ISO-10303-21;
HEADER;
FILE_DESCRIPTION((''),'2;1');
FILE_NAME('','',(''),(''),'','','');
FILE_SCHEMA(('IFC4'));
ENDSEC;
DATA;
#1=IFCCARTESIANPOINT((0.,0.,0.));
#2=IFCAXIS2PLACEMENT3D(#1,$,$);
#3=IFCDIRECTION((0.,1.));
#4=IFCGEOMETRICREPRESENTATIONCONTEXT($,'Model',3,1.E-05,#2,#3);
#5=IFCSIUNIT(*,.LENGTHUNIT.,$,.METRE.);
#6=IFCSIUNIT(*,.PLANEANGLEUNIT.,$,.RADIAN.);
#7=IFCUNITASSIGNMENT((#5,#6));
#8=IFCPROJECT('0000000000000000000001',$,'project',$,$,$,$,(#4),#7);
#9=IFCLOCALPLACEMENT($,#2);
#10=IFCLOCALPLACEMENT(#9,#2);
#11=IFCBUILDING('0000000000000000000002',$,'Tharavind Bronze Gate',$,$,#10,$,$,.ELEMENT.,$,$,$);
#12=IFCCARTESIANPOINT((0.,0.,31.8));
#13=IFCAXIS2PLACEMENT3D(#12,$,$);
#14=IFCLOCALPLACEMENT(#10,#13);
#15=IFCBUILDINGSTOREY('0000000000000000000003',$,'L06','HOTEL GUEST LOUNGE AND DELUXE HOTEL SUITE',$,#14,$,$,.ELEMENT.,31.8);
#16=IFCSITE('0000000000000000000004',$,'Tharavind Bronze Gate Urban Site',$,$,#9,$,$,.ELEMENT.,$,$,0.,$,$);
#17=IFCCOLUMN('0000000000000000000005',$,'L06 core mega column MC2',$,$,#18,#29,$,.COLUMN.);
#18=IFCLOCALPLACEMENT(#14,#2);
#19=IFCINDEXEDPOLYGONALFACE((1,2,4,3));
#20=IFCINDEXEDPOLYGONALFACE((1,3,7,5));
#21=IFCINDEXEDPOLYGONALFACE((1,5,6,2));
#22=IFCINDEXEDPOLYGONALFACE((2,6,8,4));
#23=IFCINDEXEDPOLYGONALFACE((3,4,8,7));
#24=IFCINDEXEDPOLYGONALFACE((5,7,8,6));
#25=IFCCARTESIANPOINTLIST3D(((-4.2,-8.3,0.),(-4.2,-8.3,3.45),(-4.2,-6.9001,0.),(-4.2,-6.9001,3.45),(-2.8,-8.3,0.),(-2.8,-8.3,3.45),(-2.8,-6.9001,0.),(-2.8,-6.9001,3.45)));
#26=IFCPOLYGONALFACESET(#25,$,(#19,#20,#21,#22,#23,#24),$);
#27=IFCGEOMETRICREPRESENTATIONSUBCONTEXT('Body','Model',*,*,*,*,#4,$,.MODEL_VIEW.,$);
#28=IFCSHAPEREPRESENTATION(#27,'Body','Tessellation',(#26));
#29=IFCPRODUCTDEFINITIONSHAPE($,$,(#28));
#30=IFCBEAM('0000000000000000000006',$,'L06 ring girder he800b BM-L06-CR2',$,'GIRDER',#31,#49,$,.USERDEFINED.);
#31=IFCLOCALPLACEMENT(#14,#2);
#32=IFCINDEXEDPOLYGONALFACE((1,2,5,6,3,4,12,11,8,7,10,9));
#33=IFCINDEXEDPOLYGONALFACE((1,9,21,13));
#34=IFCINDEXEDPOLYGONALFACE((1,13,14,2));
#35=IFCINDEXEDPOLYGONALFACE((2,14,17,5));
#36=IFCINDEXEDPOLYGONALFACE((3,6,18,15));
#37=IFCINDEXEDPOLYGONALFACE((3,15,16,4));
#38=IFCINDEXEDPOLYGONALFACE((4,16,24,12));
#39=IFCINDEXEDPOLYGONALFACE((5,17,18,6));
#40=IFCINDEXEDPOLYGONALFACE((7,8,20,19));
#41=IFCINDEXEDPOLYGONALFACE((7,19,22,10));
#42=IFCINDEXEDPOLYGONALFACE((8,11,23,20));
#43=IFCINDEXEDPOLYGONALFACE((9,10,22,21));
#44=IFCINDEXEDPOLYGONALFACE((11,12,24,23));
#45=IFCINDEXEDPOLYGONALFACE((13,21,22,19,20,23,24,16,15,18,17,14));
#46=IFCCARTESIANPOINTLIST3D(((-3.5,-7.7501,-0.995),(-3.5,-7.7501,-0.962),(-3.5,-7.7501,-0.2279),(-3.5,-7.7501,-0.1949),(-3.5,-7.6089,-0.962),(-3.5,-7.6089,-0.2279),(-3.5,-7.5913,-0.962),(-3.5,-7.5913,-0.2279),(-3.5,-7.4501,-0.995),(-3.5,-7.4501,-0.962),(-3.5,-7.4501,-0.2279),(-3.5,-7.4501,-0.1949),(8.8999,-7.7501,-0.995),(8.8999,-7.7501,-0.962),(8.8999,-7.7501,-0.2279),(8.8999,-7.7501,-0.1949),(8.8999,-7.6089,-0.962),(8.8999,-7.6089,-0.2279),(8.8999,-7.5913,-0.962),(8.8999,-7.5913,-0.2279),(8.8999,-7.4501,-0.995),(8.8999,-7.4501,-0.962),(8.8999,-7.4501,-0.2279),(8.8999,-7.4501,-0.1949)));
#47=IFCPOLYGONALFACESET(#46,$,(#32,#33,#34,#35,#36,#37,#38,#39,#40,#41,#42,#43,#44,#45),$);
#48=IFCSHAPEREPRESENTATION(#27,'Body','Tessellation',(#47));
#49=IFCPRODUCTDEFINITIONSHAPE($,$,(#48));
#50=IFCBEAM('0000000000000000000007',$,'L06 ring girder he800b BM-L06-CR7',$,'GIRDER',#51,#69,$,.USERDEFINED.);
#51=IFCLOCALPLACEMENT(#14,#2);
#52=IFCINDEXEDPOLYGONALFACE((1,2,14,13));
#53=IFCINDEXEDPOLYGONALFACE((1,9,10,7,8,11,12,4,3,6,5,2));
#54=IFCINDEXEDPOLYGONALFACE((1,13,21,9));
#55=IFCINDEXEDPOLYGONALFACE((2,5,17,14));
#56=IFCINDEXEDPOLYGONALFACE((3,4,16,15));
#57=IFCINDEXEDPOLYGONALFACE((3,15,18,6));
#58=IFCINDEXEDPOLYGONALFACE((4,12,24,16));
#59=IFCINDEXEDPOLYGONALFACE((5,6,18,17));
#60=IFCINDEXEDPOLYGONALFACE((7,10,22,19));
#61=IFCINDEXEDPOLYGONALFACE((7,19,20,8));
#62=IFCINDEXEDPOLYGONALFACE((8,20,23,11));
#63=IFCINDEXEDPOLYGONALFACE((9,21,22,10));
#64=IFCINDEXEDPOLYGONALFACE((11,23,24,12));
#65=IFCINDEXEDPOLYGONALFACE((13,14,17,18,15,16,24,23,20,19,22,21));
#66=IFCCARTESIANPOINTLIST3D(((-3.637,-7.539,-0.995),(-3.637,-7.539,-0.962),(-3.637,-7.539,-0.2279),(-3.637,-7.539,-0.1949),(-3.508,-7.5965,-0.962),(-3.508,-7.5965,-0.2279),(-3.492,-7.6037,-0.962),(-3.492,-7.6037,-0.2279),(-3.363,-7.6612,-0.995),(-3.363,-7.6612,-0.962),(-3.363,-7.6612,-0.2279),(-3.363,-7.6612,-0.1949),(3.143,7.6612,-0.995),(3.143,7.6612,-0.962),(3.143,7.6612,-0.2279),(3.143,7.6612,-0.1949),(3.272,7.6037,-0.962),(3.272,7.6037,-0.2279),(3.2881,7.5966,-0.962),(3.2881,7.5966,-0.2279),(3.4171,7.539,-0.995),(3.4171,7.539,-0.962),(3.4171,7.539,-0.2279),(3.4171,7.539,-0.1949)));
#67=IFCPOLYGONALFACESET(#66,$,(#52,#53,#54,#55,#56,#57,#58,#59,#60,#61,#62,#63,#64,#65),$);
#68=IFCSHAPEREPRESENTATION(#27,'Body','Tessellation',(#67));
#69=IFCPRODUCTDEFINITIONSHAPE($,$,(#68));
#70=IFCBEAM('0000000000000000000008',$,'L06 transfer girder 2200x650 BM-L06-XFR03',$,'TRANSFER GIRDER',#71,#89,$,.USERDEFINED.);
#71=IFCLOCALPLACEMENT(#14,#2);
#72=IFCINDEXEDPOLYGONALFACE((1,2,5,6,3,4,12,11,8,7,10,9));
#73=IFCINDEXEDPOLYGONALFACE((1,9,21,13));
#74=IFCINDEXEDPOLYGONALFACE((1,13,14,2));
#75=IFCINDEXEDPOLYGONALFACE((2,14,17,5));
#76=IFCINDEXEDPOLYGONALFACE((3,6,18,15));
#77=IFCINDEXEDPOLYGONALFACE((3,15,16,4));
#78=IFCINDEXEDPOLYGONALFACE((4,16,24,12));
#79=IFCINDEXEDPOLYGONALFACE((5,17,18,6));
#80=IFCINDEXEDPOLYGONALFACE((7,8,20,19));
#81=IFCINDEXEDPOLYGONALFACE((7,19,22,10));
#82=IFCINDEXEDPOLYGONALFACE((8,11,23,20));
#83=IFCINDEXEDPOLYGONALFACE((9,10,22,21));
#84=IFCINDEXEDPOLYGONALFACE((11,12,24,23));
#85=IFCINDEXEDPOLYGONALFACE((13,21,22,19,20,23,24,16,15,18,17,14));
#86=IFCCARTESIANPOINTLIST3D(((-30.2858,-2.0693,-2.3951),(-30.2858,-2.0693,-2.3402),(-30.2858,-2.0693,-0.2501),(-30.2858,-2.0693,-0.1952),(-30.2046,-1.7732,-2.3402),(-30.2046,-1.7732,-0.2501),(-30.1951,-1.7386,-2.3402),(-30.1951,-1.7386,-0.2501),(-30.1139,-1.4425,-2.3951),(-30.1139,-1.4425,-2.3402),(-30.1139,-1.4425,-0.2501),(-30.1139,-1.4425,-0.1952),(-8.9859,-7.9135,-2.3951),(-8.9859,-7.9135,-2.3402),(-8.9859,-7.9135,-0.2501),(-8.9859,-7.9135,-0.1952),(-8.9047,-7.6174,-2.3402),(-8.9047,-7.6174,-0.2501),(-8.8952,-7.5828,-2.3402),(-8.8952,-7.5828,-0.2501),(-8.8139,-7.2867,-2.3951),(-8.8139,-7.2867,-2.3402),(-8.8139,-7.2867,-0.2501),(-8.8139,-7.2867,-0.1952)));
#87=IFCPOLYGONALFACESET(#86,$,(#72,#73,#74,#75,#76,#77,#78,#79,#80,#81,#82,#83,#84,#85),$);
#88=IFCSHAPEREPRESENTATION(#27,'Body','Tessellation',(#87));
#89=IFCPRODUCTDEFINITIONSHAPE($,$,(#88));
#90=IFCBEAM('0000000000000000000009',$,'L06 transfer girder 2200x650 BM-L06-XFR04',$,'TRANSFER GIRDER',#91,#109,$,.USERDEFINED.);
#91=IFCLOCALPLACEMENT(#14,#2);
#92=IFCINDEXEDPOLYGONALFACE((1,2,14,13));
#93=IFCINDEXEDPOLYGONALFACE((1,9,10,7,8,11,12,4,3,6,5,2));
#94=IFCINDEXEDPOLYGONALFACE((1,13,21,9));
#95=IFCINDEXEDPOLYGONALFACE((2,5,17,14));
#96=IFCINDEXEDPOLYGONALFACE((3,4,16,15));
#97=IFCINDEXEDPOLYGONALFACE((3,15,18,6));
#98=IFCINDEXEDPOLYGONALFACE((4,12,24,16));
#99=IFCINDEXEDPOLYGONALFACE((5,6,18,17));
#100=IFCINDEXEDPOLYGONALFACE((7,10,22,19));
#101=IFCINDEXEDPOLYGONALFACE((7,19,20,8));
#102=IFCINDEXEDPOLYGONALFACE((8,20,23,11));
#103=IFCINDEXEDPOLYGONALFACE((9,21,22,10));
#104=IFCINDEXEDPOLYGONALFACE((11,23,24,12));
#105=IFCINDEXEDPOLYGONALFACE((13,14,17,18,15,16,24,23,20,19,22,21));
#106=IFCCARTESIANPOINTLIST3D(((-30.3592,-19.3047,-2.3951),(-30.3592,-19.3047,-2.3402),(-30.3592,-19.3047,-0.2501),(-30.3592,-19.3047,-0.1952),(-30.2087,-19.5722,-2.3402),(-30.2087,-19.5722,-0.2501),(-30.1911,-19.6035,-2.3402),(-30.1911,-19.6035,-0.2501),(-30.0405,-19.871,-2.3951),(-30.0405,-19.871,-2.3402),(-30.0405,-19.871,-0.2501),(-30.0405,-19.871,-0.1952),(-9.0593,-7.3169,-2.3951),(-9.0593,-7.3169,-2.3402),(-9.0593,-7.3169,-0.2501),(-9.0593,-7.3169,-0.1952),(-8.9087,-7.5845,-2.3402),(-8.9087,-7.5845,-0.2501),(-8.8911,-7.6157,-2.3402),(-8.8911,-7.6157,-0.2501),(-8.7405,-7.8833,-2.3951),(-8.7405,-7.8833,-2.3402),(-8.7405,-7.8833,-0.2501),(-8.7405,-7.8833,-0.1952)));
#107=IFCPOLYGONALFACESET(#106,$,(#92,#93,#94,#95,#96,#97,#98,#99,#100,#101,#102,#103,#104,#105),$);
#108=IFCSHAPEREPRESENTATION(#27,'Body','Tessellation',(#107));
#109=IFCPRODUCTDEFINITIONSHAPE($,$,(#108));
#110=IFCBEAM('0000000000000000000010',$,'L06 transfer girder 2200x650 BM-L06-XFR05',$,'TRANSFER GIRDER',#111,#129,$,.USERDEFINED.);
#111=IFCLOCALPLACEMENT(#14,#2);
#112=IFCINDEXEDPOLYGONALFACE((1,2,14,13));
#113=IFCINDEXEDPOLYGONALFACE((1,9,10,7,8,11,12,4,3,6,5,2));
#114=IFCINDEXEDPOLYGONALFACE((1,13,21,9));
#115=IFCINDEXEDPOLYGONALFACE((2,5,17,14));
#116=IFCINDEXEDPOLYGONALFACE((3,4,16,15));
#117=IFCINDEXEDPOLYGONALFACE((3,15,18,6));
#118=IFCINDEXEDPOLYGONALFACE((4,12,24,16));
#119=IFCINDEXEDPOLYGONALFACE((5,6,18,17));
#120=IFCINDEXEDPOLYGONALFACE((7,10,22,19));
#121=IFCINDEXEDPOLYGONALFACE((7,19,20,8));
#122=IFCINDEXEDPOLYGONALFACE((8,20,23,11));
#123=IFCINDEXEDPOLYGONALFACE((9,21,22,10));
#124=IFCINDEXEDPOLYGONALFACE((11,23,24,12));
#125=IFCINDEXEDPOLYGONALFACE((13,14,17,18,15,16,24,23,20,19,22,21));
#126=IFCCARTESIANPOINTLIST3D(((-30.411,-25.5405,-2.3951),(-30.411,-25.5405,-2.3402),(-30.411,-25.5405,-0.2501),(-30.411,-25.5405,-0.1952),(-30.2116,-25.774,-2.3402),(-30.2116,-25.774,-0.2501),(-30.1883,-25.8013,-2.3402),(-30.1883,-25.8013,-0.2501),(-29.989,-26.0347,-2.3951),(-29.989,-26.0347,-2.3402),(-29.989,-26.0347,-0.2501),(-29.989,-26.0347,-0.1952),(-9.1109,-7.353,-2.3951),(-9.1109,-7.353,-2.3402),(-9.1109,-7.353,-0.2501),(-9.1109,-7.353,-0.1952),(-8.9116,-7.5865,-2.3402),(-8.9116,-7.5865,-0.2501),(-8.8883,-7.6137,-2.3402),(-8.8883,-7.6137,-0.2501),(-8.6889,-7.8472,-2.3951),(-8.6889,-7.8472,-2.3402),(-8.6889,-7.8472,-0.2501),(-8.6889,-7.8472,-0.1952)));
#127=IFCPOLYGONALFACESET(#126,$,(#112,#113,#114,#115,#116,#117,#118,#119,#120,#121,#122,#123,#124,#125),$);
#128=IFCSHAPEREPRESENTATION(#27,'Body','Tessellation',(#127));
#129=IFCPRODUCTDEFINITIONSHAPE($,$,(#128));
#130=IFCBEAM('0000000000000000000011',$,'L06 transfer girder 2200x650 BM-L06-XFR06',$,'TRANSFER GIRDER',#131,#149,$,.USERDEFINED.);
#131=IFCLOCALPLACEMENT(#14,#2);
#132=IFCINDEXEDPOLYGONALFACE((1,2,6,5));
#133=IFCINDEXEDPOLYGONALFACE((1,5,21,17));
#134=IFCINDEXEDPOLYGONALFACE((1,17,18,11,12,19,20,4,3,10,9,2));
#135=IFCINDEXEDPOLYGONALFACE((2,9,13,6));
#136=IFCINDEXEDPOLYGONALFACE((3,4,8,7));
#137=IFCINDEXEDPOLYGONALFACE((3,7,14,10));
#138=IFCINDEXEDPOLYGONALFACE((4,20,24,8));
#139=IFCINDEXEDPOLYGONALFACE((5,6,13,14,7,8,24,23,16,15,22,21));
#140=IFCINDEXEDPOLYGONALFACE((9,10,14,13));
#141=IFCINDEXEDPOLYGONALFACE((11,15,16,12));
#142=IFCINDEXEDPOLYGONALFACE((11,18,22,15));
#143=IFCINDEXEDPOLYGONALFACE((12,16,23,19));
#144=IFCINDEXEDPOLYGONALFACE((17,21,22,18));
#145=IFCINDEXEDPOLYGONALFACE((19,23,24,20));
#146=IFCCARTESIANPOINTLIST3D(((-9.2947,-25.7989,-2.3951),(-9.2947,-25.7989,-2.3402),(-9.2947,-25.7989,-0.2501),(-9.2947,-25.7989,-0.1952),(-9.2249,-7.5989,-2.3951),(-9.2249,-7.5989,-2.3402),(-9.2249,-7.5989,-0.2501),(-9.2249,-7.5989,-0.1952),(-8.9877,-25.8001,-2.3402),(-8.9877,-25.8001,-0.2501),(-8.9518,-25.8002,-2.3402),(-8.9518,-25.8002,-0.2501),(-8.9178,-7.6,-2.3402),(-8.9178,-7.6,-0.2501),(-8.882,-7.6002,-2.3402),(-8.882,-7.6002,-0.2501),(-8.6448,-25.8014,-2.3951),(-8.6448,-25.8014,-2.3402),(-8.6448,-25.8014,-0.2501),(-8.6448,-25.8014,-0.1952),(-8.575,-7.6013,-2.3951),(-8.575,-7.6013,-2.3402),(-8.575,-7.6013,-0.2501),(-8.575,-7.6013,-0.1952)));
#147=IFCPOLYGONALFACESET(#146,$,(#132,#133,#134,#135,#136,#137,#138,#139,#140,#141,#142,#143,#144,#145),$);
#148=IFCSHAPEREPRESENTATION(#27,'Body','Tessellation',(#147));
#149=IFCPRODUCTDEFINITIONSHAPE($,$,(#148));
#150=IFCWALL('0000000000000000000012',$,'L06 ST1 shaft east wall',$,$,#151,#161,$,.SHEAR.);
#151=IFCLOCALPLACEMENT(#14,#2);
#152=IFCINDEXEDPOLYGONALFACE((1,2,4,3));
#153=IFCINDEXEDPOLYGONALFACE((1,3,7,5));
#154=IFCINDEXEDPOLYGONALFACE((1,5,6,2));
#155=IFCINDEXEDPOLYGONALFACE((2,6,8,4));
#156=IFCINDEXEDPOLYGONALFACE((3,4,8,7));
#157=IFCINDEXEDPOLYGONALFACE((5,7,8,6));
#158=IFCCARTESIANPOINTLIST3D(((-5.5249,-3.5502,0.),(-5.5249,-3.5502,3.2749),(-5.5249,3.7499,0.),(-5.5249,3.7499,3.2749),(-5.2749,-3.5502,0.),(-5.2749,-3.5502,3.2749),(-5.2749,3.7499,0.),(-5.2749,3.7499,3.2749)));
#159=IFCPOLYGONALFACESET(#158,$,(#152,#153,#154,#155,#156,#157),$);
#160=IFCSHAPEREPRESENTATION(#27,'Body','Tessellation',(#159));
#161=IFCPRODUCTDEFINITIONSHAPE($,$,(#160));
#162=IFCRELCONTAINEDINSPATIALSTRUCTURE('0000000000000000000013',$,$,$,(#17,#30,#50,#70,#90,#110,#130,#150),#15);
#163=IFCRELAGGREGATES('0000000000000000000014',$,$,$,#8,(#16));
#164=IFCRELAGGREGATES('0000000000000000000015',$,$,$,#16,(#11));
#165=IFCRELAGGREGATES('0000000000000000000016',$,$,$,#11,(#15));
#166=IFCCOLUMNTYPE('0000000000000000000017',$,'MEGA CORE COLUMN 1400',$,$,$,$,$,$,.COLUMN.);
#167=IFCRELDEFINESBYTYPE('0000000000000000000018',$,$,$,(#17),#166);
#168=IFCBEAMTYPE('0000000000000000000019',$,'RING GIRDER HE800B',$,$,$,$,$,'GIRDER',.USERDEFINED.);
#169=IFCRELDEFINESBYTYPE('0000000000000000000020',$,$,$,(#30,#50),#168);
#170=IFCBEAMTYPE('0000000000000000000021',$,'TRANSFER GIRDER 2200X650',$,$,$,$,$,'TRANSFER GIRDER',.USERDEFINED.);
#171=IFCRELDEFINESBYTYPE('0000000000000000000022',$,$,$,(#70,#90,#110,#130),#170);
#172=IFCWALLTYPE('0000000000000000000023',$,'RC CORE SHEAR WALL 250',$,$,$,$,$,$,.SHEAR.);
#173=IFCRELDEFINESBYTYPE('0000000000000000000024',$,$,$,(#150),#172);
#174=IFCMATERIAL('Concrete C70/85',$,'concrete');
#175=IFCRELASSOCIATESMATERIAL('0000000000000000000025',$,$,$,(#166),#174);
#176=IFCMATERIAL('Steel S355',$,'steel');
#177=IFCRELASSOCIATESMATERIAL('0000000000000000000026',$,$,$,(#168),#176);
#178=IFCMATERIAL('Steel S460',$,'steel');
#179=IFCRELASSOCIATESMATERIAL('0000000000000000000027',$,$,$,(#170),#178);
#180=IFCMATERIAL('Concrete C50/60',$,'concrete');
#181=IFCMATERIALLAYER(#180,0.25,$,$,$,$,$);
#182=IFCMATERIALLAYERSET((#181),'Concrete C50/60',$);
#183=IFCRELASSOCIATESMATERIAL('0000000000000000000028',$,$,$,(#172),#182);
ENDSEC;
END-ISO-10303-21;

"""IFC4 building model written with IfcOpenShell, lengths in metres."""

from ifc_helpers import new_model, si_unit, direction, frame, frame_2d, origin, origin_2d, place, context, subcontext, project, spatial, rectangle, i_section, extrude, material, layer, layer_set, material_profile, profile_set, type_object, element, save


model = new_model("IFC4")

# Units and contexts
model_context = context("Model", 3, precision=1e-05, world=origin(), true_north=direction((0.0, 1.0)))
body_context = subcontext(model_context, "Body", "Model", "MODEL_VIEW")
ifc_project = project(units=[si_unit("LENGTHUNIT", "METRE"), si_unit("PLANEANGLEUNIT", "RADIAN")], contexts=[model_context])

# Site, building, storey
site_placement = place(None, origin())
site = spatial("IfcSite", under=ifc_project, at=site_placement, Name="Tharavind Bronze Gate Urban Site", CompositionType="ELEMENT", RefElevation=0.0)
building_placement = place(site_placement, origin())
building = spatial("IfcBuilding", under=site, at=building_placement, Name="Tharavind Bronze Gate", CompositionType="ELEMENT")
storey_placement = place(building_placement, frame((0.0, 0.0, 31.8)))
storey = spatial("IfcBuildingStorey", under=building, at=storey_placement, Name="L06", Description="HOTEL GUEST LOUNGE AND DELUXE HOTEL SUITE", CompositionType="ELEMENT", Elevation=31.8)

# Column
ifc_material_1 = material(Name="Concrete C70/85", Category="concrete")
ifc_material_profile_1 = material_profile(ifc_material_1, rectangle(XDim=1.3999, YDim=1.3999, at=origin_2d()), Name="RCCOL1400")
ifc_profile_set_1 = profile_set([ifc_material_profile_1], Name="Concrete C70/85")
column_type = type_object("IfcColumnType", Name="MEGA CORE COLUMN 1400", PredefinedType="COLUMN", material=ifc_profile_set_1)
column_placement = place(storey_placement, frame((-3.5, -7.6001, 0.0), z_axis=(0.0, 0.0, 1.0), x_axis=(1.0, 0.0, 0.0)))
element("IfcColumn", 1, at=column_placement, inside=storey, type_object=column_type, Name="L06 core mega column MC2", PredefinedType="COLUMN", context=body_context, shape_type="SweptSolid", body=[
    extrude(rectangle(XDim=1.3999, YDim=1.3999, at=origin_2d()), origin(), (0.0, 0.0, 1.0), 3.45),
])

# Beams
ifc_material_2 = material(Name="Steel S355", Category="steel")
ifc_material_profile_2 = material_profile(ifc_material_2, i_section(OverallWidth=0.3, OverallDepth=0.8, WebThickness=0.0176, FlangeThickness=0.033, at=origin_2d()), Name="HE800B")
ifc_profile_set_2 = profile_set([ifc_material_profile_2], Name="Steel S355")
beam_type_1 = type_object("IfcBeamType", Name="RING GIRDER HE800B", ElementType="GIRDER", PredefinedType="USERDEFINED", material=ifc_profile_set_2)
beam_1_placement = place(storey_placement, frame((-3.5, -7.6001, -0.595), z_axis=(1.0, 0.0, 0.0), x_axis=(0.0, 1.0, 0.0)))
element("IfcBeam", 2, at=beam_1_placement, inside=storey, type_object=beam_type_1, Name="L06 ring girder he800b BM-L06-CR2", ObjectType="GIRDER", PredefinedType="USERDEFINED", context=body_context, shape_type="SweptSolid", body=[
    extrude(i_section(OverallWidth=0.3, OverallDepth=0.8, WebThickness=0.0176, FlangeThickness=0.033, at=origin_2d()), origin(), (0.0, 0.0, 1.0), 12.3999),
])
beam_2_placement = place(storey_placement, frame((-3.5, -7.6001, -0.595), z_axis=(0.407362, 0.913267, 0.0), x_axis=(-0.913267, 0.407362, 0.0)))
element("IfcBeam", 3, at=beam_2_placement, inside=storey, type_object=beam_type_1, Name="L06 ring girder he800b BM-L06-CR7", ObjectType="GIRDER", PredefinedType="USERDEFINED", context=body_context, shape_type="SweptSolid", body=[
    extrude(i_section(OverallWidth=0.3, OverallDepth=0.8, WebThickness=0.0176, FlangeThickness=0.033, at=origin_2d()), origin(), (0.0, 0.0, 1.0), 16.6438),
])
ifc_material_3 = material(Name="Steel S460", Category="steel")
ifc_material_profile_3 = material_profile(ifc_material_3, i_section(OverallWidth=0.6499, OverallDepth=2.2, WebThickness=0.0359, FlangeThickness=0.0549, at=origin_2d()), Name="PG2200X650")
ifc_profile_set_3 = profile_set([ifc_material_profile_3], Name="Steel S460")
beam_type_2 = type_object("IfcBeamType", Name="TRANSFER GIRDER 2200X650", ElementType="TRANSFER GIRDER", PredefinedType="USERDEFINED", material=ifc_profile_set_3)
beam_3_placement = place(storey_placement, frame((-8.8999, -7.6001, -1.2952), z_axis=(-0.964359, 0.264598, 0.0), x_axis=(-0.264598, -0.964359, 0.0)))
element("IfcBeam", 4, at=beam_3_placement, inside=storey, type_object=beam_type_2, Name="L06 transfer girder 2200x650 BM-L06-XFR03", ObjectType="TRANSFER GIRDER", PredefinedType="USERDEFINED", context=body_context, shape_type="SweptSolid", body=[
    extrude(i_section(OverallWidth=0.6499, OverallDepth=2.2, WebThickness=0.0359, FlangeThickness=0.0549, at=origin_2d()), origin(), (0.0, 0.0, 1.0), 22.0872),
])
beam_4_placement = place(storey_placement, frame((-8.8999, -7.6001, -1.2952), z_axis=(-0.871462, -0.490464, 0.0), x_axis=(0.490464, -0.871462, 0.0)))
element("IfcBeam", 5, at=beam_4_placement, inside=storey, type_object=beam_type_2, Name="L06 transfer girder 2200x650 BM-L06-XFR04", ObjectType="TRANSFER GIRDER", PredefinedType="USERDEFINED", context=body_context, shape_type="SweptSolid", body=[
    extrude(i_section(OverallWidth=0.6499, OverallDepth=2.2, WebThickness=0.0359, FlangeThickness=0.0549, at=origin_2d()), origin(), (0.0, 0.0, 1.0), 24.4417),
])
beam_5_placement = place(storey_placement, frame((-8.8999, -7.6001, -1.2952), z_axis=(-0.760485, -0.649356, 0.0), x_axis=(0.649356, -0.760485, 0.0)))
element("IfcBeam", 6, at=beam_5_placement, inside=storey, type_object=beam_type_2, Name="L06 transfer girder 2200x650 BM-L06-XFR05", ObjectType="TRANSFER GIRDER", PredefinedType="USERDEFINED", context=body_context, shape_type="SweptSolid", body=[
    extrude(i_section(OverallWidth=0.6499, OverallDepth=2.2, WebThickness=0.0359, FlangeThickness=0.0549, at=origin_2d()), origin(), (0.0, 0.0, 1.0), 28.0085),
])
beam_6_placement = place(storey_placement, frame((-8.8999, -7.6001, -1.2952), z_axis=(-0.003836, -0.999993, 0.0), x_axis=(0.999993, -0.003836, 0.0)))
element("IfcBeam", 7, at=beam_6_placement, inside=storey, type_object=beam_type_2, Name="L06 transfer girder 2200x650 BM-L06-XFR06", ObjectType="TRANSFER GIRDER", PredefinedType="USERDEFINED", context=body_context, shape_type="SweptSolid", body=[
    extrude(i_section(OverallWidth=0.6499, OverallDepth=2.2, WebThickness=0.0359, FlangeThickness=0.0549, at=origin_2d()), origin(), (0.0, 0.0, 1.0), 18.2002),
])

# Wall
ifc_material_4 = material(Name="Concrete C50/60", Category="concrete")
ifc_layer_1 = layer(ifc_material_4, 0.25)
ifc_layer_set_1 = layer_set([ifc_layer_1], Name="Concrete C50/60")
wall_type_1 = type_object("IfcWallType", Name="RC CORE SHEAR WALL 250", PredefinedType="SHEAR", material=ifc_layer_set_1)
wall_1_placement = place(storey_placement, frame((-5.3999, -3.55, 0.0), z_axis=(0.0, 0.0, 1.0), x_axis=(0.0, 1.0, 0.0)))
element("IfcWall", 8, at=wall_1_placement, inside=storey, type_object=wall_type_1, Name="L06 ST1 shaft east wall", PredefinedType="SHEAR", context=body_context, shape_type="SweptSolid", body=[
    extrude(rectangle(XDim=7.3, YDim=0.25, at=frame_2d((3.6499, 0.0))), origin(), (0.0, 0.0, 1.0), 3.2749),
])

save(model, "model.ifc")
